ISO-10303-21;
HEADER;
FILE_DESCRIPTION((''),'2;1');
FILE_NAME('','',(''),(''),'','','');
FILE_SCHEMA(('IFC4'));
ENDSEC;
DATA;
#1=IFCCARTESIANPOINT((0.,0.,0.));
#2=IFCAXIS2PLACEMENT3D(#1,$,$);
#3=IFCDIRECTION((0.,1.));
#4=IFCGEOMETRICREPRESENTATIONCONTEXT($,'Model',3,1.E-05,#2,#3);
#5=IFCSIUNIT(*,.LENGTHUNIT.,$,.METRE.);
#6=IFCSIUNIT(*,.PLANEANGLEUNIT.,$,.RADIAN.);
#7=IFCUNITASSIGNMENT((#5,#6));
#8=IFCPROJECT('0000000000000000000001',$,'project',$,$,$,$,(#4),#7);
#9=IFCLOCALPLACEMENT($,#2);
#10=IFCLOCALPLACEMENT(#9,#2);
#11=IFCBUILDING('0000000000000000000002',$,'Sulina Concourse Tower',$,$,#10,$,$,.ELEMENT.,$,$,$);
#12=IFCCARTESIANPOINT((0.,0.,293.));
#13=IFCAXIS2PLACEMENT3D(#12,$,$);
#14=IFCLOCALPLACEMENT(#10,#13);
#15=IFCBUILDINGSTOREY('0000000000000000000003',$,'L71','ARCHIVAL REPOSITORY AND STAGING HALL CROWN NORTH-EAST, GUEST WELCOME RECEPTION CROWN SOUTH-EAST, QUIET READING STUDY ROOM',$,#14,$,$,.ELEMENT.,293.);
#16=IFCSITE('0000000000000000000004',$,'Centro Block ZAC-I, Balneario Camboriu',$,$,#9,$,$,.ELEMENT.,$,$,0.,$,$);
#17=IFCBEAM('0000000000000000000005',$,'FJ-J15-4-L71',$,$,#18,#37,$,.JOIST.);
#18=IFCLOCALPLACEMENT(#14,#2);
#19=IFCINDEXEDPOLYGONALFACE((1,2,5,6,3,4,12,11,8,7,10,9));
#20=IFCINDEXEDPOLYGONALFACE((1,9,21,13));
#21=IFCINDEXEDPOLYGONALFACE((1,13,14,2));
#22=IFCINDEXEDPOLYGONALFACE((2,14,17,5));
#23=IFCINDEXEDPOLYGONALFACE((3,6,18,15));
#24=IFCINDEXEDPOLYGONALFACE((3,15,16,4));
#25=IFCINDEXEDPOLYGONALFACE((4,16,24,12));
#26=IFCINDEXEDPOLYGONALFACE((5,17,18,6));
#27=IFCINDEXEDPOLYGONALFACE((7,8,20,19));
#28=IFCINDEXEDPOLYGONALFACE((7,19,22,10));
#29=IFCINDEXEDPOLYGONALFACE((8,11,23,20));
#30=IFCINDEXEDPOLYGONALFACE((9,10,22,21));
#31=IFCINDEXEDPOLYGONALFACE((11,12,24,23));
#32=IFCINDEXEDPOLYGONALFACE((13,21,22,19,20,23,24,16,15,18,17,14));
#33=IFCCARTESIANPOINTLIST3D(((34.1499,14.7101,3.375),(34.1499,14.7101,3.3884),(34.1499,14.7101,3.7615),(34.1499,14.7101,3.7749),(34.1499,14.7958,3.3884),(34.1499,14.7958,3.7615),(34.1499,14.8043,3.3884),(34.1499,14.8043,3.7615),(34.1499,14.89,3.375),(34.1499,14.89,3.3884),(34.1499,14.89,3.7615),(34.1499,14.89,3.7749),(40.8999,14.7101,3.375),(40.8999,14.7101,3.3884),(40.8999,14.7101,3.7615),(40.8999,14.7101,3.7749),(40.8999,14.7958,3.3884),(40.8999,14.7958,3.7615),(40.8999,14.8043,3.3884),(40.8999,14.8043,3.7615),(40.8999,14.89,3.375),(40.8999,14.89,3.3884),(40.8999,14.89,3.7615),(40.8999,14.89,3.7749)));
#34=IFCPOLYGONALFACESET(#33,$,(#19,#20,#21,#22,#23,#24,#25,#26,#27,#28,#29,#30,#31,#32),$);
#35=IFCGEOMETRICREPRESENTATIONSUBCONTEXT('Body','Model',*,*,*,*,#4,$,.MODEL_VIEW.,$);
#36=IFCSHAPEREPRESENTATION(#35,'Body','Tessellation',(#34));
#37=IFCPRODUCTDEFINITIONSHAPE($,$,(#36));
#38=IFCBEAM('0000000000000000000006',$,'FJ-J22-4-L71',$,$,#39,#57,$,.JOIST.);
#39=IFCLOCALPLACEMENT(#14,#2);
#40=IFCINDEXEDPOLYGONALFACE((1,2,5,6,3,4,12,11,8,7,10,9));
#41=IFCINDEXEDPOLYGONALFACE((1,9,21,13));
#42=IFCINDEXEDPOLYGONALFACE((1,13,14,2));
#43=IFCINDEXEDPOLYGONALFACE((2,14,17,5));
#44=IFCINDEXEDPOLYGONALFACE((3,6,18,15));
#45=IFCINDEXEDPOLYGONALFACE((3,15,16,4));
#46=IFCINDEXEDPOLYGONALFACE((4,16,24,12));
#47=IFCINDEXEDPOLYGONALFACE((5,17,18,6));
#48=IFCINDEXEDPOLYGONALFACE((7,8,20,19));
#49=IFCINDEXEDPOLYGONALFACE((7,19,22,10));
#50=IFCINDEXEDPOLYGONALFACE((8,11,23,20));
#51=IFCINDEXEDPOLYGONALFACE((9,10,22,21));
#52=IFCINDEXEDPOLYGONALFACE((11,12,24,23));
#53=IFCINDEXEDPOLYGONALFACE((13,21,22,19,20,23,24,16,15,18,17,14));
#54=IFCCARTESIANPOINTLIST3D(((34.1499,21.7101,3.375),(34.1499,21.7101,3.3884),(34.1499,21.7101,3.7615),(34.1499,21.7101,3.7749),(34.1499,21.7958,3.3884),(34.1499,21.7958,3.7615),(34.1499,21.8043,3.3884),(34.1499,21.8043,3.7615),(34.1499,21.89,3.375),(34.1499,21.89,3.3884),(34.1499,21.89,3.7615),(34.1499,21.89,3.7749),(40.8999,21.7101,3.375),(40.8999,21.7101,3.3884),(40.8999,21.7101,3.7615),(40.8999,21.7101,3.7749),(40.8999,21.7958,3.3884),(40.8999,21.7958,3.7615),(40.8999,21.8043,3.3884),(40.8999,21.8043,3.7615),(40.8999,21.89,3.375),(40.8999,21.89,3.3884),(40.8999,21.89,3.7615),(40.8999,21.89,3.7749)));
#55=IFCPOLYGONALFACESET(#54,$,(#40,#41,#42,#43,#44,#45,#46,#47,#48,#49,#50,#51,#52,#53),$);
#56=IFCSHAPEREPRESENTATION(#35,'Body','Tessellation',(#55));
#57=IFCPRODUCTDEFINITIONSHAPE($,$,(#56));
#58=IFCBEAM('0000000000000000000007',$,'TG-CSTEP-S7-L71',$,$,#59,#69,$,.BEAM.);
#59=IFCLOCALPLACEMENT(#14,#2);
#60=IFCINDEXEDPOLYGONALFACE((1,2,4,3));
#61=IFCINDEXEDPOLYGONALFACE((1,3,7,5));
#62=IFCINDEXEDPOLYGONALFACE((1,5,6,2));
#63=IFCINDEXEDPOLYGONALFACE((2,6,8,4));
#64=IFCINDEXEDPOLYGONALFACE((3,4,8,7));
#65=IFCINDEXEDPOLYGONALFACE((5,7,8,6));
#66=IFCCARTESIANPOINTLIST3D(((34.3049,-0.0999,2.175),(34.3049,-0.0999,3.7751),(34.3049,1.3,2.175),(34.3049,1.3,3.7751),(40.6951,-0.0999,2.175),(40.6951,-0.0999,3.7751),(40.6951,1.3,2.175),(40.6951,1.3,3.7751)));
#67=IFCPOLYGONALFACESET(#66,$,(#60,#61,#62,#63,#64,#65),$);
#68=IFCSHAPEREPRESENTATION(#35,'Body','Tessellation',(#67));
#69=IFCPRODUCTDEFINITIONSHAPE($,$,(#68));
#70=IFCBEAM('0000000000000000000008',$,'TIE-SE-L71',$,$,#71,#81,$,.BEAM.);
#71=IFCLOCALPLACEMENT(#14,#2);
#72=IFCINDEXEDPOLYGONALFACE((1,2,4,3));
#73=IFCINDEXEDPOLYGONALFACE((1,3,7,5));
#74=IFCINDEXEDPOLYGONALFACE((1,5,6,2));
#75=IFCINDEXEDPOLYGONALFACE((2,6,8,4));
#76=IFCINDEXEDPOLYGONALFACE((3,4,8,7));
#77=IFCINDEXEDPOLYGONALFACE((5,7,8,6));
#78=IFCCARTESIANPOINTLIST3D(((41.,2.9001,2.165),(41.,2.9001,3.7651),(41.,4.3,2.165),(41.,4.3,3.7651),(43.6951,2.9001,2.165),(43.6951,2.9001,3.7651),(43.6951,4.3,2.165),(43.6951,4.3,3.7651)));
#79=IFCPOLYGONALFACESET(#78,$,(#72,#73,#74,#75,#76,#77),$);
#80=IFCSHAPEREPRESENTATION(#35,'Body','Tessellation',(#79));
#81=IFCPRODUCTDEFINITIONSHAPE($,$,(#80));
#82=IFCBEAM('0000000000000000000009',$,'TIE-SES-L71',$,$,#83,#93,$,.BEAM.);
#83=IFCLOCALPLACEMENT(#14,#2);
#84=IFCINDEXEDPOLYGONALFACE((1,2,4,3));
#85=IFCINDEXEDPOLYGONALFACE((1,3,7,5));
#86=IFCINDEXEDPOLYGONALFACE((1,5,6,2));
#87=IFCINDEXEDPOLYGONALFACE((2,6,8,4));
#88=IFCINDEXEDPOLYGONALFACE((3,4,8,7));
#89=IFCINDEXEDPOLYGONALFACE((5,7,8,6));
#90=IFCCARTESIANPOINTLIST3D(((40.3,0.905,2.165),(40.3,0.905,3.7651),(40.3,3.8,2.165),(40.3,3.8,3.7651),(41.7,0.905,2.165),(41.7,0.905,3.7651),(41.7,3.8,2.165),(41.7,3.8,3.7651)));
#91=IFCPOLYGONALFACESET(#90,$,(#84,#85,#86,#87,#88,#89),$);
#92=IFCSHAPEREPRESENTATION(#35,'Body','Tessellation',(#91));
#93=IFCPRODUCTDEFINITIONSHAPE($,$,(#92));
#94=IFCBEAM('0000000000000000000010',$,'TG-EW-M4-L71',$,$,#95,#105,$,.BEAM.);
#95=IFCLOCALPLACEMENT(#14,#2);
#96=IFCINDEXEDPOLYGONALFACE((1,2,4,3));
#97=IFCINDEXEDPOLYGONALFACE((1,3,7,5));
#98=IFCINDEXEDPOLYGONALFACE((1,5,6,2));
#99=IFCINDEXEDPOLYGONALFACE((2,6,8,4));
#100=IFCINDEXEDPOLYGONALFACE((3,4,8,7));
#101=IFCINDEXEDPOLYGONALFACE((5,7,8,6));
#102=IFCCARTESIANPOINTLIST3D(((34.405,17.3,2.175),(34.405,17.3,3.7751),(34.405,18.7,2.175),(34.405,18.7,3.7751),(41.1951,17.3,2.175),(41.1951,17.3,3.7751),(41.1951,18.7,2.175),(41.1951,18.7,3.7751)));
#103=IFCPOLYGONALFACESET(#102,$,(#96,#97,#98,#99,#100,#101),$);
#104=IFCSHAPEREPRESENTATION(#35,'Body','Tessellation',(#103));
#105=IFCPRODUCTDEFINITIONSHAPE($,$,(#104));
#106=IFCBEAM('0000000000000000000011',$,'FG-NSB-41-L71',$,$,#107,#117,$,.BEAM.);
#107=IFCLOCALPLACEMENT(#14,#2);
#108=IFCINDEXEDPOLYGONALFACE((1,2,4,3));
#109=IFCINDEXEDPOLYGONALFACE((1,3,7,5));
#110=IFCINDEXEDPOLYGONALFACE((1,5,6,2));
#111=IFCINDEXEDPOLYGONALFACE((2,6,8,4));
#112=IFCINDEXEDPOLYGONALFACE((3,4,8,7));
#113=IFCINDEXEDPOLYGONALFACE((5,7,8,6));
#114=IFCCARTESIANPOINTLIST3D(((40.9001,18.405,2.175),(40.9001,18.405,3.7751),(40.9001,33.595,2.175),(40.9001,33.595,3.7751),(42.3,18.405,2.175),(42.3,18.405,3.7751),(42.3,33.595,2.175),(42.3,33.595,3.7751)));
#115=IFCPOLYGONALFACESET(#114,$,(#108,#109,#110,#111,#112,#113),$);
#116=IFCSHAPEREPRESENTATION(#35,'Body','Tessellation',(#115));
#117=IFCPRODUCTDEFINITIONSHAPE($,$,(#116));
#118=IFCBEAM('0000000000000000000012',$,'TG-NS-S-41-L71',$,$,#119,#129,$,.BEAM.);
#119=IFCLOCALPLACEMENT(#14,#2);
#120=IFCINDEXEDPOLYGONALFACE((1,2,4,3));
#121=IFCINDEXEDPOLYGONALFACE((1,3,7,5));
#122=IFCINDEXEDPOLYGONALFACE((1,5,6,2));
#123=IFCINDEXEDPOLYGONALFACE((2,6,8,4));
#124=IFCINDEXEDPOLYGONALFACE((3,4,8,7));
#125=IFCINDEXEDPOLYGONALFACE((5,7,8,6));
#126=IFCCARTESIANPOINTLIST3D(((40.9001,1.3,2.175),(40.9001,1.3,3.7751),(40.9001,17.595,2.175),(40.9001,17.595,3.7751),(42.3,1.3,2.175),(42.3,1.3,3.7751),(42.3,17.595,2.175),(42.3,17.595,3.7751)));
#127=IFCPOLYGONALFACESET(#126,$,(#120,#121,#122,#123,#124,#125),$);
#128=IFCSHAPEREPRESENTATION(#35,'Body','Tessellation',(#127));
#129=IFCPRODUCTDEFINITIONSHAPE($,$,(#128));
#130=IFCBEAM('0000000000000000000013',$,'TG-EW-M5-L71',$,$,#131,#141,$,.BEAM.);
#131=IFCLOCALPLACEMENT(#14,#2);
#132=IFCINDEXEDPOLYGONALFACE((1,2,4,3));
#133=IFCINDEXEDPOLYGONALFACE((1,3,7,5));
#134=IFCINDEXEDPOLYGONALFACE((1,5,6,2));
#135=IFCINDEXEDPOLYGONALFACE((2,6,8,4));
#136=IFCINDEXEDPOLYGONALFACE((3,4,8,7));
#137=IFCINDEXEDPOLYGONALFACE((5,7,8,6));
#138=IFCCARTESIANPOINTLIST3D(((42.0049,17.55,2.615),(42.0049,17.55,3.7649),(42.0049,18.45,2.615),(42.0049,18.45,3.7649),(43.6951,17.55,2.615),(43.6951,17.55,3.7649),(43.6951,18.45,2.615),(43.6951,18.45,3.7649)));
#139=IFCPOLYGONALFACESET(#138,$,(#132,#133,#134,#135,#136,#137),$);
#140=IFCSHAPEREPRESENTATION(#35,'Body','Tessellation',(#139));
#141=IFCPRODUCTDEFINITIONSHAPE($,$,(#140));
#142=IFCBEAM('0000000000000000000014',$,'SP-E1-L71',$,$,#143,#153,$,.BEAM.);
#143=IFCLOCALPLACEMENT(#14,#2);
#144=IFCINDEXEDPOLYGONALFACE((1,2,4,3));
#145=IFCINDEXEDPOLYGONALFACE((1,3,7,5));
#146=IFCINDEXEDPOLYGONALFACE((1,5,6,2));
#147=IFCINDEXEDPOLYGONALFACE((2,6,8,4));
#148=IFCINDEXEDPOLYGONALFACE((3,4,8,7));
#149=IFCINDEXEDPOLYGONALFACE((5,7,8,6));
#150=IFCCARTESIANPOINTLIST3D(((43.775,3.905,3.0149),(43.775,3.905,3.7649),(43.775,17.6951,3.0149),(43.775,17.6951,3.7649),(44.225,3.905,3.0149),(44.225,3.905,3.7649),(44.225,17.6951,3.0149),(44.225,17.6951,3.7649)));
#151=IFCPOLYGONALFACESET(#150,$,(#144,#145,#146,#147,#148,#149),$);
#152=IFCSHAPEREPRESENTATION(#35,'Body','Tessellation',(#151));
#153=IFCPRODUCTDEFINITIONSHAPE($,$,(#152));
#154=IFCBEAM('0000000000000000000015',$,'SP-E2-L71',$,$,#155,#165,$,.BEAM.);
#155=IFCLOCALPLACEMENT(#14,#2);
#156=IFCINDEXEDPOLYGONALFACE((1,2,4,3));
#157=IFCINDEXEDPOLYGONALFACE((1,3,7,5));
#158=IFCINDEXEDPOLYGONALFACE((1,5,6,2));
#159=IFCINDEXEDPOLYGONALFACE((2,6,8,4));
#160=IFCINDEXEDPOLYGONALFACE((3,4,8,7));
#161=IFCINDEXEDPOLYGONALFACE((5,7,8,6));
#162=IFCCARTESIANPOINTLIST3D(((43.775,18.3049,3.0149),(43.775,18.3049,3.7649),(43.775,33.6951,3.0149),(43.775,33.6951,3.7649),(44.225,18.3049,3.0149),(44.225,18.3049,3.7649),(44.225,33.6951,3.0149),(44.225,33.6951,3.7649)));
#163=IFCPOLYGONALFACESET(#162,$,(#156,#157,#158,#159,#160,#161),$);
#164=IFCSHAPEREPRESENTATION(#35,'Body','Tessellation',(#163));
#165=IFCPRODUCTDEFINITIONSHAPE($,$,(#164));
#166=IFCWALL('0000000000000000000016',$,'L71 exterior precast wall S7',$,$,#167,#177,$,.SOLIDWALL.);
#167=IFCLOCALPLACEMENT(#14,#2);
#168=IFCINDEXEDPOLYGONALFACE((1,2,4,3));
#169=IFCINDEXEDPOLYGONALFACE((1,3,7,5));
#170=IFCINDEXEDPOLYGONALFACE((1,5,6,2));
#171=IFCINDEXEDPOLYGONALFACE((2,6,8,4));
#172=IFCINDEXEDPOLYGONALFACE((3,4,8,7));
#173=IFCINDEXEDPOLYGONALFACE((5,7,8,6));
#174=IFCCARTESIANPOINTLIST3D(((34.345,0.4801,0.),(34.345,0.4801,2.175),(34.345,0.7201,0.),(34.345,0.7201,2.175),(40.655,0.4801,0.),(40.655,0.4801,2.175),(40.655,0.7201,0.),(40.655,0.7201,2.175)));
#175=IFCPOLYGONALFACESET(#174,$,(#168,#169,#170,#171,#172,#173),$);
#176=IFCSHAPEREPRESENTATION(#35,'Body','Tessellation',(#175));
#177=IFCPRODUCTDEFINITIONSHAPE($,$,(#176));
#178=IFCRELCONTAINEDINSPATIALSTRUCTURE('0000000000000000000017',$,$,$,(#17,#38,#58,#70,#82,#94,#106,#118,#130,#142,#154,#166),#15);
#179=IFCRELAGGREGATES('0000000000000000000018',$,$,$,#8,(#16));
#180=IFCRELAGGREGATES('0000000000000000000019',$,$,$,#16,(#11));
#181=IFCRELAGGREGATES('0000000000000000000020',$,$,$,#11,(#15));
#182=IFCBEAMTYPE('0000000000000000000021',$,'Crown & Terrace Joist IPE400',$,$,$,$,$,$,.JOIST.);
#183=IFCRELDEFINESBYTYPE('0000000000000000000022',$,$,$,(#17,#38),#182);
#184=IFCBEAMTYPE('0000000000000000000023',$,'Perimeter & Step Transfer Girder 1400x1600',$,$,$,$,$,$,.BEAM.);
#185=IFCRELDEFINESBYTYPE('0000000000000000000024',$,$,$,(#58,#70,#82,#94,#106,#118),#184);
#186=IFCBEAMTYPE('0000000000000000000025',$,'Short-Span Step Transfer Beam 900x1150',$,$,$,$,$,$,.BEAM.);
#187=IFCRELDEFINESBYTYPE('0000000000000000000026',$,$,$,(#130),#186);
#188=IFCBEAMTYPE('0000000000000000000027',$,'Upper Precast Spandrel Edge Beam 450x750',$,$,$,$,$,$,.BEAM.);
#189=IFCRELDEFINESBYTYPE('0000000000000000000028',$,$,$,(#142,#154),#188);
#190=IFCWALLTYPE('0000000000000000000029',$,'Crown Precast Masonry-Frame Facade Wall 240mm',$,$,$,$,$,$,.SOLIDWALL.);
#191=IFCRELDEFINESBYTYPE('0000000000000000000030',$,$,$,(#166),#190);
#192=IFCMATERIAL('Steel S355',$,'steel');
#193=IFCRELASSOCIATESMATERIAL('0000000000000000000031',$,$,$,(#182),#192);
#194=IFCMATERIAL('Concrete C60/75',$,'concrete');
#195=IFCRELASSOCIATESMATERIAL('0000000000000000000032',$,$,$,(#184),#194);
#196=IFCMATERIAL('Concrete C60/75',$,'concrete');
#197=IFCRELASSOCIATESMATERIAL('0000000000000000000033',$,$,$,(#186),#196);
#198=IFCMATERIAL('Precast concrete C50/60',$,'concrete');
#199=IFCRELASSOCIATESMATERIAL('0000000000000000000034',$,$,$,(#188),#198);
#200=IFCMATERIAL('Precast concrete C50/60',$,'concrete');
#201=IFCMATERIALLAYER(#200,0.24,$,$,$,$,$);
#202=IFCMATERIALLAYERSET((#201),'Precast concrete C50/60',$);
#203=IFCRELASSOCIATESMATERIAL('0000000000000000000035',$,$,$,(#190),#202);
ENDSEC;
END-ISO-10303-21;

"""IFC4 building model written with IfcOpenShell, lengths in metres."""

from ifc_helpers import new_model, si_unit, direction, frame, frame_2d, origin, origin_2d, place, context, subcontext, project, spatial, rectangle, i_section, extrude, material, layer, layer_set, material_profile, profile_set, type_object, element, save


model = new_model("IFC4")

# Units and contexts
model_context = context("Model", 3, precision=1e-05, world=origin(), true_north=direction((0.0, 1.0)))
body_context = subcontext(model_context, "Body", "Model", "MODEL_VIEW")
ifc_project = project(units=[si_unit("LENGTHUNIT", "METRE"), si_unit("PLANEANGLEUNIT", "RADIAN")], contexts=[model_context])

# Site, building, storey
site_placement = place(None, origin())
site = spatial("IfcSite", under=ifc_project, at=site_placement, Name="Centro Block ZAC-I, Balneario Camboriu", CompositionType="ELEMENT", RefElevation=0.0)
building_placement = place(site_placement, origin())
building = spatial("IfcBuilding", under=site, at=building_placement, Name="Sulina Concourse Tower", CompositionType="ELEMENT")
storey_placement = place(building_placement, frame((0.0, 0.0, 293.0)))
storey = spatial("IfcBuildingStorey", under=building, at=storey_placement, Name="L71", Description="ARCHIVAL REPOSITORY AND STAGING HALL CROWN NORTH-EAST, GUEST WELCOME RECEPTION CROWN SOUTH-EAST, QUIET READING STUDY ROOM", CompositionType="ELEMENT", Elevation=293.0)

# Beams
ifc_material_1 = material(Name="Steel S355", Category="steel")
ifc_material_profile_1 = material_profile(ifc_material_1, i_section(OverallWidth=0.1799, OverallDepth=0.3999, WebThickness=0.0085, FlangeThickness=0.0134, at=origin_2d()), Name="IPE 400")
ifc_profile_set_1 = profile_set([ifc_material_profile_1], Name="Steel S355")
beam_type_1 = type_object("IfcBeamType", Name="Crown & Terrace Joist IPE400", PredefinedType="JOIST", material=ifc_profile_set_1)
for number, where, z_axis, x_axis, name in (
    (1, (34.1499, 14.8, 3.575), (1.0, 0.0, 0.0), (0.0, 1.0, 0.0), "FJ-J15-4-L71"),
    (2, (34.1499, 21.8, 3.575), (1.0, 0.0, 0.0), (0.0, 1.0, 0.0), "FJ-J22-4-L71"),
):
    element("IfcBeam", number, at=place(storey_placement, frame(where, z_axis=z_axis, x_axis=x_axis)), inside=storey, type_object=beam_type_1, Name=name, PredefinedType="JOIST", context=body_context, shape_type="SweptSolid", body=[
        extrude(i_section(OverallWidth=0.1799, OverallDepth=0.3999, WebThickness=0.0085, FlangeThickness=0.0134, at=origin_2d()), origin(), (0.0, 0.0, 1.0), 6.75),
    ])
ifc_material_2 = material(Name="Concrete C60/75", Category="concrete")
ifc_material_profile_2 = material_profile(ifc_material_2, rectangle(XDim=1.3999, YDim=1.6001, at=origin_2d()), Name="RC 1400x1600")
ifc_profile_set_2 = profile_set([ifc_material_profile_2], Name="Concrete C60/75")
beam_type_2 = type_object("IfcBeamType", Name="Perimeter & Step Transfer Girder 1400x1600", PredefinedType="BEAM", material=ifc_profile_set_2)
beam_1_placement = place(storey_placement, frame((34.3049, 0.6001, 2.9751), z_axis=(1.0, 0.0, 0.0), x_axis=(0.0, 1.0, 0.0)))
element("IfcBeam", 3, at=beam_1_placement, inside=storey, type_object=beam_type_2, Name="TG-CSTEP-S7-L71", PredefinedType="BEAM", context=body_context, shape_type="SweptSolid", body=[
    extrude(rectangle(XDim=1.3999, YDim=1.6001, at=origin_2d()), origin(), (0.0, 0.0, 1.0), 6.3901),
])
beam_2_placement = place(storey_placement, frame((41.0, 3.6001, 2.9651), z_axis=(1.0, 0.0, 0.0), x_axis=(0.0, 1.0, 0.0)))
element("IfcBeam", 4, at=beam_2_placement, inside=storey, type_object=beam_type_2, Name="TIE-SE-L71", PredefinedType="BEAM", context=body_context, shape_type="SweptSolid", body=[
    extrude(rectangle(XDim=1.3999, YDim=1.6001, at=origin_2d()), origin(), (0.0, 0.0, 1.0), 2.6951),
])
beam_3_placement = place(storey_placement, frame((41.0, 0.905, 2.9651), z_axis=(0.0, 1.0, 0.0), x_axis=(-1.0, 0.0, 0.0)))
element("IfcBeam", 5, at=beam_3_placement, inside=storey, type_object=beam_type_2, Name="TIE-SES-L71", PredefinedType="BEAM", context=body_context, shape_type="SweptSolid", body=[
    extrude(rectangle(XDim=1.3999, YDim=1.6001, at=origin_2d()), origin(), (0.0, 0.0, 1.0), 2.895),
])
beam_4_placement = place(storey_placement, frame((34.405, 18.0, 2.9751), z_axis=(1.0, 0.0, 0.0), x_axis=(0.0, 1.0, 0.0)))
element("IfcBeam", 6, at=beam_4_placement, inside=storey, type_object=beam_type_2, Name="TG-EW-M4-L71", PredefinedType="BEAM", context=body_context, shape_type="SweptSolid", body=[
    extrude(rectangle(XDim=1.3999, YDim=1.6001, at=origin_2d()), origin(), (0.0, 0.0, 1.0), 6.79),
])
beam_5_placement = place(storey_placement, frame((41.6001, 18.405, 2.9751), z_axis=(0.0, 1.0, 0.0), x_axis=(-1.0, 0.0, 0.0)))
element("IfcBeam", 7, at=beam_5_placement, inside=storey, type_object=beam_type_2, Name="FG-NSB-41-L71", PredefinedType="BEAM", context=body_context, shape_type="SweptSolid", body=[
    extrude(rectangle(XDim=1.3999, YDim=1.6001, at=origin_2d()), origin(), (0.0, 0.0, 1.0), 15.1899),
])
beam_6_placement = place(storey_placement, frame((41.6001, 1.3, 2.9751), z_axis=(0.0, 1.0, 0.0), x_axis=(-1.0, 0.0, 0.0)))
element("IfcBeam", 8, at=beam_6_placement, inside=storey, type_object=beam_type_2, Name="TG-NS-S-41-L71", PredefinedType="BEAM", context=body_context, shape_type="SweptSolid", body=[
    extrude(rectangle(XDim=1.3999, YDim=1.6001, at=origin_2d()), origin(), (0.0, 0.0, 1.0), 16.2949),
])
ifc_material_3 = material(Name="Concrete C60/75", Category="concrete")
ifc_material_profile_3 = material_profile(ifc_material_3, rectangle(XDim=0.8999, YDim=1.1499, at=origin_2d()), Name="RC 900x1150")
ifc_profile_set_3 = profile_set([ifc_material_profile_3], Name="Concrete C60/75")
beam_type_3 = type_object("IfcBeamType", Name="Short-Span Step Transfer Beam 900x1150", PredefinedType="BEAM", material=ifc_profile_set_3)
beam_7_placement = place(storey_placement, frame((42.0049, 18.0, 3.1899), z_axis=(1.0, 0.0, 0.0), x_axis=(0.0, 1.0, 0.0)))
element("IfcBeam", 9, at=beam_7_placement, inside=storey, type_object=beam_type_3, Name="TG-EW-M5-L71", PredefinedType="BEAM", context=body_context, shape_type="SweptSolid", body=[
    extrude(rectangle(XDim=0.8999, YDim=1.1499, at=origin_2d()), origin(), (0.0, 0.0, 1.0), 1.6902),
])
ifc_material_4 = material(Name="Precast concrete C50/60", Category="concrete")
ifc_material_profile_4 = material_profile(ifc_material_4, rectangle(XDim=0.45, YDim=0.75, at=origin_2d()), Name="RC 450x750")
ifc_profile_set_4 = profile_set([ifc_material_profile_4], Name="Precast concrete C50/60")
beam_type_4 = type_object("IfcBeamType", Name="Upper Precast Spandrel Edge Beam 450x750", PredefinedType="BEAM", material=ifc_profile_set_4)
beam_8_placement = place(storey_placement, frame((44.0, 3.905, 3.3899), z_axis=(0.0, 1.0, 0.0), x_axis=(-1.0, 0.0, 0.0)))
element("IfcBeam", 10, at=beam_8_placement, inside=storey, type_object=beam_type_4, Name="SP-E1-L71", PredefinedType="BEAM", context=body_context, shape_type="SweptSolid", body=[
    extrude(rectangle(XDim=0.45, YDim=0.75, at=origin_2d()), origin(), (0.0, 0.0, 1.0), 13.79),
])
beam_9_placement = place(storey_placement, frame((44.0, 18.3049, 3.3899), z_axis=(0.0, 1.0, 0.0), x_axis=(-1.0, 0.0, 0.0)))
element("IfcBeam", 11, at=beam_9_placement, inside=storey, type_object=beam_type_4, Name="SP-E2-L71", PredefinedType="BEAM", context=body_context, shape_type="SweptSolid", body=[
    extrude(rectangle(XDim=0.45, YDim=0.75, at=origin_2d()), origin(), (0.0, 0.0, 1.0), 15.3901),
])

# Wall
ifc_material_5 = material(Name="Precast concrete C50/60", Category="concrete")
ifc_layer_1 = layer(ifc_material_5, 0.24)
ifc_layer_set_1 = layer_set([ifc_layer_1], Name="Precast concrete C50/60")
wall_type_1 = type_object("IfcWallType", Name="Crown Precast Masonry-Frame Facade Wall 240mm", PredefinedType="SOLIDWALL", material=ifc_layer_set_1)
wall_1_placement = place(storey_placement, frame((40.655, 0.6001, 0.0), z_axis=(0.0, 0.0, 1.0), x_axis=(-1.0, 0.0, 0.0)))
element("IfcWall", 12, at=wall_1_placement, inside=storey, type_object=wall_type_1, Name="L71 exterior precast wall S7", PredefinedType="SOLIDWALL", context=body_context, shape_type="SweptSolid", body=[
    extrude(rectangle(XDim=6.3101, YDim=0.24, at=frame_2d((3.155, 0.0))), origin(), (0.0, 0.0, 1.0), 2.175),
])

save(model, "model.ifc")
